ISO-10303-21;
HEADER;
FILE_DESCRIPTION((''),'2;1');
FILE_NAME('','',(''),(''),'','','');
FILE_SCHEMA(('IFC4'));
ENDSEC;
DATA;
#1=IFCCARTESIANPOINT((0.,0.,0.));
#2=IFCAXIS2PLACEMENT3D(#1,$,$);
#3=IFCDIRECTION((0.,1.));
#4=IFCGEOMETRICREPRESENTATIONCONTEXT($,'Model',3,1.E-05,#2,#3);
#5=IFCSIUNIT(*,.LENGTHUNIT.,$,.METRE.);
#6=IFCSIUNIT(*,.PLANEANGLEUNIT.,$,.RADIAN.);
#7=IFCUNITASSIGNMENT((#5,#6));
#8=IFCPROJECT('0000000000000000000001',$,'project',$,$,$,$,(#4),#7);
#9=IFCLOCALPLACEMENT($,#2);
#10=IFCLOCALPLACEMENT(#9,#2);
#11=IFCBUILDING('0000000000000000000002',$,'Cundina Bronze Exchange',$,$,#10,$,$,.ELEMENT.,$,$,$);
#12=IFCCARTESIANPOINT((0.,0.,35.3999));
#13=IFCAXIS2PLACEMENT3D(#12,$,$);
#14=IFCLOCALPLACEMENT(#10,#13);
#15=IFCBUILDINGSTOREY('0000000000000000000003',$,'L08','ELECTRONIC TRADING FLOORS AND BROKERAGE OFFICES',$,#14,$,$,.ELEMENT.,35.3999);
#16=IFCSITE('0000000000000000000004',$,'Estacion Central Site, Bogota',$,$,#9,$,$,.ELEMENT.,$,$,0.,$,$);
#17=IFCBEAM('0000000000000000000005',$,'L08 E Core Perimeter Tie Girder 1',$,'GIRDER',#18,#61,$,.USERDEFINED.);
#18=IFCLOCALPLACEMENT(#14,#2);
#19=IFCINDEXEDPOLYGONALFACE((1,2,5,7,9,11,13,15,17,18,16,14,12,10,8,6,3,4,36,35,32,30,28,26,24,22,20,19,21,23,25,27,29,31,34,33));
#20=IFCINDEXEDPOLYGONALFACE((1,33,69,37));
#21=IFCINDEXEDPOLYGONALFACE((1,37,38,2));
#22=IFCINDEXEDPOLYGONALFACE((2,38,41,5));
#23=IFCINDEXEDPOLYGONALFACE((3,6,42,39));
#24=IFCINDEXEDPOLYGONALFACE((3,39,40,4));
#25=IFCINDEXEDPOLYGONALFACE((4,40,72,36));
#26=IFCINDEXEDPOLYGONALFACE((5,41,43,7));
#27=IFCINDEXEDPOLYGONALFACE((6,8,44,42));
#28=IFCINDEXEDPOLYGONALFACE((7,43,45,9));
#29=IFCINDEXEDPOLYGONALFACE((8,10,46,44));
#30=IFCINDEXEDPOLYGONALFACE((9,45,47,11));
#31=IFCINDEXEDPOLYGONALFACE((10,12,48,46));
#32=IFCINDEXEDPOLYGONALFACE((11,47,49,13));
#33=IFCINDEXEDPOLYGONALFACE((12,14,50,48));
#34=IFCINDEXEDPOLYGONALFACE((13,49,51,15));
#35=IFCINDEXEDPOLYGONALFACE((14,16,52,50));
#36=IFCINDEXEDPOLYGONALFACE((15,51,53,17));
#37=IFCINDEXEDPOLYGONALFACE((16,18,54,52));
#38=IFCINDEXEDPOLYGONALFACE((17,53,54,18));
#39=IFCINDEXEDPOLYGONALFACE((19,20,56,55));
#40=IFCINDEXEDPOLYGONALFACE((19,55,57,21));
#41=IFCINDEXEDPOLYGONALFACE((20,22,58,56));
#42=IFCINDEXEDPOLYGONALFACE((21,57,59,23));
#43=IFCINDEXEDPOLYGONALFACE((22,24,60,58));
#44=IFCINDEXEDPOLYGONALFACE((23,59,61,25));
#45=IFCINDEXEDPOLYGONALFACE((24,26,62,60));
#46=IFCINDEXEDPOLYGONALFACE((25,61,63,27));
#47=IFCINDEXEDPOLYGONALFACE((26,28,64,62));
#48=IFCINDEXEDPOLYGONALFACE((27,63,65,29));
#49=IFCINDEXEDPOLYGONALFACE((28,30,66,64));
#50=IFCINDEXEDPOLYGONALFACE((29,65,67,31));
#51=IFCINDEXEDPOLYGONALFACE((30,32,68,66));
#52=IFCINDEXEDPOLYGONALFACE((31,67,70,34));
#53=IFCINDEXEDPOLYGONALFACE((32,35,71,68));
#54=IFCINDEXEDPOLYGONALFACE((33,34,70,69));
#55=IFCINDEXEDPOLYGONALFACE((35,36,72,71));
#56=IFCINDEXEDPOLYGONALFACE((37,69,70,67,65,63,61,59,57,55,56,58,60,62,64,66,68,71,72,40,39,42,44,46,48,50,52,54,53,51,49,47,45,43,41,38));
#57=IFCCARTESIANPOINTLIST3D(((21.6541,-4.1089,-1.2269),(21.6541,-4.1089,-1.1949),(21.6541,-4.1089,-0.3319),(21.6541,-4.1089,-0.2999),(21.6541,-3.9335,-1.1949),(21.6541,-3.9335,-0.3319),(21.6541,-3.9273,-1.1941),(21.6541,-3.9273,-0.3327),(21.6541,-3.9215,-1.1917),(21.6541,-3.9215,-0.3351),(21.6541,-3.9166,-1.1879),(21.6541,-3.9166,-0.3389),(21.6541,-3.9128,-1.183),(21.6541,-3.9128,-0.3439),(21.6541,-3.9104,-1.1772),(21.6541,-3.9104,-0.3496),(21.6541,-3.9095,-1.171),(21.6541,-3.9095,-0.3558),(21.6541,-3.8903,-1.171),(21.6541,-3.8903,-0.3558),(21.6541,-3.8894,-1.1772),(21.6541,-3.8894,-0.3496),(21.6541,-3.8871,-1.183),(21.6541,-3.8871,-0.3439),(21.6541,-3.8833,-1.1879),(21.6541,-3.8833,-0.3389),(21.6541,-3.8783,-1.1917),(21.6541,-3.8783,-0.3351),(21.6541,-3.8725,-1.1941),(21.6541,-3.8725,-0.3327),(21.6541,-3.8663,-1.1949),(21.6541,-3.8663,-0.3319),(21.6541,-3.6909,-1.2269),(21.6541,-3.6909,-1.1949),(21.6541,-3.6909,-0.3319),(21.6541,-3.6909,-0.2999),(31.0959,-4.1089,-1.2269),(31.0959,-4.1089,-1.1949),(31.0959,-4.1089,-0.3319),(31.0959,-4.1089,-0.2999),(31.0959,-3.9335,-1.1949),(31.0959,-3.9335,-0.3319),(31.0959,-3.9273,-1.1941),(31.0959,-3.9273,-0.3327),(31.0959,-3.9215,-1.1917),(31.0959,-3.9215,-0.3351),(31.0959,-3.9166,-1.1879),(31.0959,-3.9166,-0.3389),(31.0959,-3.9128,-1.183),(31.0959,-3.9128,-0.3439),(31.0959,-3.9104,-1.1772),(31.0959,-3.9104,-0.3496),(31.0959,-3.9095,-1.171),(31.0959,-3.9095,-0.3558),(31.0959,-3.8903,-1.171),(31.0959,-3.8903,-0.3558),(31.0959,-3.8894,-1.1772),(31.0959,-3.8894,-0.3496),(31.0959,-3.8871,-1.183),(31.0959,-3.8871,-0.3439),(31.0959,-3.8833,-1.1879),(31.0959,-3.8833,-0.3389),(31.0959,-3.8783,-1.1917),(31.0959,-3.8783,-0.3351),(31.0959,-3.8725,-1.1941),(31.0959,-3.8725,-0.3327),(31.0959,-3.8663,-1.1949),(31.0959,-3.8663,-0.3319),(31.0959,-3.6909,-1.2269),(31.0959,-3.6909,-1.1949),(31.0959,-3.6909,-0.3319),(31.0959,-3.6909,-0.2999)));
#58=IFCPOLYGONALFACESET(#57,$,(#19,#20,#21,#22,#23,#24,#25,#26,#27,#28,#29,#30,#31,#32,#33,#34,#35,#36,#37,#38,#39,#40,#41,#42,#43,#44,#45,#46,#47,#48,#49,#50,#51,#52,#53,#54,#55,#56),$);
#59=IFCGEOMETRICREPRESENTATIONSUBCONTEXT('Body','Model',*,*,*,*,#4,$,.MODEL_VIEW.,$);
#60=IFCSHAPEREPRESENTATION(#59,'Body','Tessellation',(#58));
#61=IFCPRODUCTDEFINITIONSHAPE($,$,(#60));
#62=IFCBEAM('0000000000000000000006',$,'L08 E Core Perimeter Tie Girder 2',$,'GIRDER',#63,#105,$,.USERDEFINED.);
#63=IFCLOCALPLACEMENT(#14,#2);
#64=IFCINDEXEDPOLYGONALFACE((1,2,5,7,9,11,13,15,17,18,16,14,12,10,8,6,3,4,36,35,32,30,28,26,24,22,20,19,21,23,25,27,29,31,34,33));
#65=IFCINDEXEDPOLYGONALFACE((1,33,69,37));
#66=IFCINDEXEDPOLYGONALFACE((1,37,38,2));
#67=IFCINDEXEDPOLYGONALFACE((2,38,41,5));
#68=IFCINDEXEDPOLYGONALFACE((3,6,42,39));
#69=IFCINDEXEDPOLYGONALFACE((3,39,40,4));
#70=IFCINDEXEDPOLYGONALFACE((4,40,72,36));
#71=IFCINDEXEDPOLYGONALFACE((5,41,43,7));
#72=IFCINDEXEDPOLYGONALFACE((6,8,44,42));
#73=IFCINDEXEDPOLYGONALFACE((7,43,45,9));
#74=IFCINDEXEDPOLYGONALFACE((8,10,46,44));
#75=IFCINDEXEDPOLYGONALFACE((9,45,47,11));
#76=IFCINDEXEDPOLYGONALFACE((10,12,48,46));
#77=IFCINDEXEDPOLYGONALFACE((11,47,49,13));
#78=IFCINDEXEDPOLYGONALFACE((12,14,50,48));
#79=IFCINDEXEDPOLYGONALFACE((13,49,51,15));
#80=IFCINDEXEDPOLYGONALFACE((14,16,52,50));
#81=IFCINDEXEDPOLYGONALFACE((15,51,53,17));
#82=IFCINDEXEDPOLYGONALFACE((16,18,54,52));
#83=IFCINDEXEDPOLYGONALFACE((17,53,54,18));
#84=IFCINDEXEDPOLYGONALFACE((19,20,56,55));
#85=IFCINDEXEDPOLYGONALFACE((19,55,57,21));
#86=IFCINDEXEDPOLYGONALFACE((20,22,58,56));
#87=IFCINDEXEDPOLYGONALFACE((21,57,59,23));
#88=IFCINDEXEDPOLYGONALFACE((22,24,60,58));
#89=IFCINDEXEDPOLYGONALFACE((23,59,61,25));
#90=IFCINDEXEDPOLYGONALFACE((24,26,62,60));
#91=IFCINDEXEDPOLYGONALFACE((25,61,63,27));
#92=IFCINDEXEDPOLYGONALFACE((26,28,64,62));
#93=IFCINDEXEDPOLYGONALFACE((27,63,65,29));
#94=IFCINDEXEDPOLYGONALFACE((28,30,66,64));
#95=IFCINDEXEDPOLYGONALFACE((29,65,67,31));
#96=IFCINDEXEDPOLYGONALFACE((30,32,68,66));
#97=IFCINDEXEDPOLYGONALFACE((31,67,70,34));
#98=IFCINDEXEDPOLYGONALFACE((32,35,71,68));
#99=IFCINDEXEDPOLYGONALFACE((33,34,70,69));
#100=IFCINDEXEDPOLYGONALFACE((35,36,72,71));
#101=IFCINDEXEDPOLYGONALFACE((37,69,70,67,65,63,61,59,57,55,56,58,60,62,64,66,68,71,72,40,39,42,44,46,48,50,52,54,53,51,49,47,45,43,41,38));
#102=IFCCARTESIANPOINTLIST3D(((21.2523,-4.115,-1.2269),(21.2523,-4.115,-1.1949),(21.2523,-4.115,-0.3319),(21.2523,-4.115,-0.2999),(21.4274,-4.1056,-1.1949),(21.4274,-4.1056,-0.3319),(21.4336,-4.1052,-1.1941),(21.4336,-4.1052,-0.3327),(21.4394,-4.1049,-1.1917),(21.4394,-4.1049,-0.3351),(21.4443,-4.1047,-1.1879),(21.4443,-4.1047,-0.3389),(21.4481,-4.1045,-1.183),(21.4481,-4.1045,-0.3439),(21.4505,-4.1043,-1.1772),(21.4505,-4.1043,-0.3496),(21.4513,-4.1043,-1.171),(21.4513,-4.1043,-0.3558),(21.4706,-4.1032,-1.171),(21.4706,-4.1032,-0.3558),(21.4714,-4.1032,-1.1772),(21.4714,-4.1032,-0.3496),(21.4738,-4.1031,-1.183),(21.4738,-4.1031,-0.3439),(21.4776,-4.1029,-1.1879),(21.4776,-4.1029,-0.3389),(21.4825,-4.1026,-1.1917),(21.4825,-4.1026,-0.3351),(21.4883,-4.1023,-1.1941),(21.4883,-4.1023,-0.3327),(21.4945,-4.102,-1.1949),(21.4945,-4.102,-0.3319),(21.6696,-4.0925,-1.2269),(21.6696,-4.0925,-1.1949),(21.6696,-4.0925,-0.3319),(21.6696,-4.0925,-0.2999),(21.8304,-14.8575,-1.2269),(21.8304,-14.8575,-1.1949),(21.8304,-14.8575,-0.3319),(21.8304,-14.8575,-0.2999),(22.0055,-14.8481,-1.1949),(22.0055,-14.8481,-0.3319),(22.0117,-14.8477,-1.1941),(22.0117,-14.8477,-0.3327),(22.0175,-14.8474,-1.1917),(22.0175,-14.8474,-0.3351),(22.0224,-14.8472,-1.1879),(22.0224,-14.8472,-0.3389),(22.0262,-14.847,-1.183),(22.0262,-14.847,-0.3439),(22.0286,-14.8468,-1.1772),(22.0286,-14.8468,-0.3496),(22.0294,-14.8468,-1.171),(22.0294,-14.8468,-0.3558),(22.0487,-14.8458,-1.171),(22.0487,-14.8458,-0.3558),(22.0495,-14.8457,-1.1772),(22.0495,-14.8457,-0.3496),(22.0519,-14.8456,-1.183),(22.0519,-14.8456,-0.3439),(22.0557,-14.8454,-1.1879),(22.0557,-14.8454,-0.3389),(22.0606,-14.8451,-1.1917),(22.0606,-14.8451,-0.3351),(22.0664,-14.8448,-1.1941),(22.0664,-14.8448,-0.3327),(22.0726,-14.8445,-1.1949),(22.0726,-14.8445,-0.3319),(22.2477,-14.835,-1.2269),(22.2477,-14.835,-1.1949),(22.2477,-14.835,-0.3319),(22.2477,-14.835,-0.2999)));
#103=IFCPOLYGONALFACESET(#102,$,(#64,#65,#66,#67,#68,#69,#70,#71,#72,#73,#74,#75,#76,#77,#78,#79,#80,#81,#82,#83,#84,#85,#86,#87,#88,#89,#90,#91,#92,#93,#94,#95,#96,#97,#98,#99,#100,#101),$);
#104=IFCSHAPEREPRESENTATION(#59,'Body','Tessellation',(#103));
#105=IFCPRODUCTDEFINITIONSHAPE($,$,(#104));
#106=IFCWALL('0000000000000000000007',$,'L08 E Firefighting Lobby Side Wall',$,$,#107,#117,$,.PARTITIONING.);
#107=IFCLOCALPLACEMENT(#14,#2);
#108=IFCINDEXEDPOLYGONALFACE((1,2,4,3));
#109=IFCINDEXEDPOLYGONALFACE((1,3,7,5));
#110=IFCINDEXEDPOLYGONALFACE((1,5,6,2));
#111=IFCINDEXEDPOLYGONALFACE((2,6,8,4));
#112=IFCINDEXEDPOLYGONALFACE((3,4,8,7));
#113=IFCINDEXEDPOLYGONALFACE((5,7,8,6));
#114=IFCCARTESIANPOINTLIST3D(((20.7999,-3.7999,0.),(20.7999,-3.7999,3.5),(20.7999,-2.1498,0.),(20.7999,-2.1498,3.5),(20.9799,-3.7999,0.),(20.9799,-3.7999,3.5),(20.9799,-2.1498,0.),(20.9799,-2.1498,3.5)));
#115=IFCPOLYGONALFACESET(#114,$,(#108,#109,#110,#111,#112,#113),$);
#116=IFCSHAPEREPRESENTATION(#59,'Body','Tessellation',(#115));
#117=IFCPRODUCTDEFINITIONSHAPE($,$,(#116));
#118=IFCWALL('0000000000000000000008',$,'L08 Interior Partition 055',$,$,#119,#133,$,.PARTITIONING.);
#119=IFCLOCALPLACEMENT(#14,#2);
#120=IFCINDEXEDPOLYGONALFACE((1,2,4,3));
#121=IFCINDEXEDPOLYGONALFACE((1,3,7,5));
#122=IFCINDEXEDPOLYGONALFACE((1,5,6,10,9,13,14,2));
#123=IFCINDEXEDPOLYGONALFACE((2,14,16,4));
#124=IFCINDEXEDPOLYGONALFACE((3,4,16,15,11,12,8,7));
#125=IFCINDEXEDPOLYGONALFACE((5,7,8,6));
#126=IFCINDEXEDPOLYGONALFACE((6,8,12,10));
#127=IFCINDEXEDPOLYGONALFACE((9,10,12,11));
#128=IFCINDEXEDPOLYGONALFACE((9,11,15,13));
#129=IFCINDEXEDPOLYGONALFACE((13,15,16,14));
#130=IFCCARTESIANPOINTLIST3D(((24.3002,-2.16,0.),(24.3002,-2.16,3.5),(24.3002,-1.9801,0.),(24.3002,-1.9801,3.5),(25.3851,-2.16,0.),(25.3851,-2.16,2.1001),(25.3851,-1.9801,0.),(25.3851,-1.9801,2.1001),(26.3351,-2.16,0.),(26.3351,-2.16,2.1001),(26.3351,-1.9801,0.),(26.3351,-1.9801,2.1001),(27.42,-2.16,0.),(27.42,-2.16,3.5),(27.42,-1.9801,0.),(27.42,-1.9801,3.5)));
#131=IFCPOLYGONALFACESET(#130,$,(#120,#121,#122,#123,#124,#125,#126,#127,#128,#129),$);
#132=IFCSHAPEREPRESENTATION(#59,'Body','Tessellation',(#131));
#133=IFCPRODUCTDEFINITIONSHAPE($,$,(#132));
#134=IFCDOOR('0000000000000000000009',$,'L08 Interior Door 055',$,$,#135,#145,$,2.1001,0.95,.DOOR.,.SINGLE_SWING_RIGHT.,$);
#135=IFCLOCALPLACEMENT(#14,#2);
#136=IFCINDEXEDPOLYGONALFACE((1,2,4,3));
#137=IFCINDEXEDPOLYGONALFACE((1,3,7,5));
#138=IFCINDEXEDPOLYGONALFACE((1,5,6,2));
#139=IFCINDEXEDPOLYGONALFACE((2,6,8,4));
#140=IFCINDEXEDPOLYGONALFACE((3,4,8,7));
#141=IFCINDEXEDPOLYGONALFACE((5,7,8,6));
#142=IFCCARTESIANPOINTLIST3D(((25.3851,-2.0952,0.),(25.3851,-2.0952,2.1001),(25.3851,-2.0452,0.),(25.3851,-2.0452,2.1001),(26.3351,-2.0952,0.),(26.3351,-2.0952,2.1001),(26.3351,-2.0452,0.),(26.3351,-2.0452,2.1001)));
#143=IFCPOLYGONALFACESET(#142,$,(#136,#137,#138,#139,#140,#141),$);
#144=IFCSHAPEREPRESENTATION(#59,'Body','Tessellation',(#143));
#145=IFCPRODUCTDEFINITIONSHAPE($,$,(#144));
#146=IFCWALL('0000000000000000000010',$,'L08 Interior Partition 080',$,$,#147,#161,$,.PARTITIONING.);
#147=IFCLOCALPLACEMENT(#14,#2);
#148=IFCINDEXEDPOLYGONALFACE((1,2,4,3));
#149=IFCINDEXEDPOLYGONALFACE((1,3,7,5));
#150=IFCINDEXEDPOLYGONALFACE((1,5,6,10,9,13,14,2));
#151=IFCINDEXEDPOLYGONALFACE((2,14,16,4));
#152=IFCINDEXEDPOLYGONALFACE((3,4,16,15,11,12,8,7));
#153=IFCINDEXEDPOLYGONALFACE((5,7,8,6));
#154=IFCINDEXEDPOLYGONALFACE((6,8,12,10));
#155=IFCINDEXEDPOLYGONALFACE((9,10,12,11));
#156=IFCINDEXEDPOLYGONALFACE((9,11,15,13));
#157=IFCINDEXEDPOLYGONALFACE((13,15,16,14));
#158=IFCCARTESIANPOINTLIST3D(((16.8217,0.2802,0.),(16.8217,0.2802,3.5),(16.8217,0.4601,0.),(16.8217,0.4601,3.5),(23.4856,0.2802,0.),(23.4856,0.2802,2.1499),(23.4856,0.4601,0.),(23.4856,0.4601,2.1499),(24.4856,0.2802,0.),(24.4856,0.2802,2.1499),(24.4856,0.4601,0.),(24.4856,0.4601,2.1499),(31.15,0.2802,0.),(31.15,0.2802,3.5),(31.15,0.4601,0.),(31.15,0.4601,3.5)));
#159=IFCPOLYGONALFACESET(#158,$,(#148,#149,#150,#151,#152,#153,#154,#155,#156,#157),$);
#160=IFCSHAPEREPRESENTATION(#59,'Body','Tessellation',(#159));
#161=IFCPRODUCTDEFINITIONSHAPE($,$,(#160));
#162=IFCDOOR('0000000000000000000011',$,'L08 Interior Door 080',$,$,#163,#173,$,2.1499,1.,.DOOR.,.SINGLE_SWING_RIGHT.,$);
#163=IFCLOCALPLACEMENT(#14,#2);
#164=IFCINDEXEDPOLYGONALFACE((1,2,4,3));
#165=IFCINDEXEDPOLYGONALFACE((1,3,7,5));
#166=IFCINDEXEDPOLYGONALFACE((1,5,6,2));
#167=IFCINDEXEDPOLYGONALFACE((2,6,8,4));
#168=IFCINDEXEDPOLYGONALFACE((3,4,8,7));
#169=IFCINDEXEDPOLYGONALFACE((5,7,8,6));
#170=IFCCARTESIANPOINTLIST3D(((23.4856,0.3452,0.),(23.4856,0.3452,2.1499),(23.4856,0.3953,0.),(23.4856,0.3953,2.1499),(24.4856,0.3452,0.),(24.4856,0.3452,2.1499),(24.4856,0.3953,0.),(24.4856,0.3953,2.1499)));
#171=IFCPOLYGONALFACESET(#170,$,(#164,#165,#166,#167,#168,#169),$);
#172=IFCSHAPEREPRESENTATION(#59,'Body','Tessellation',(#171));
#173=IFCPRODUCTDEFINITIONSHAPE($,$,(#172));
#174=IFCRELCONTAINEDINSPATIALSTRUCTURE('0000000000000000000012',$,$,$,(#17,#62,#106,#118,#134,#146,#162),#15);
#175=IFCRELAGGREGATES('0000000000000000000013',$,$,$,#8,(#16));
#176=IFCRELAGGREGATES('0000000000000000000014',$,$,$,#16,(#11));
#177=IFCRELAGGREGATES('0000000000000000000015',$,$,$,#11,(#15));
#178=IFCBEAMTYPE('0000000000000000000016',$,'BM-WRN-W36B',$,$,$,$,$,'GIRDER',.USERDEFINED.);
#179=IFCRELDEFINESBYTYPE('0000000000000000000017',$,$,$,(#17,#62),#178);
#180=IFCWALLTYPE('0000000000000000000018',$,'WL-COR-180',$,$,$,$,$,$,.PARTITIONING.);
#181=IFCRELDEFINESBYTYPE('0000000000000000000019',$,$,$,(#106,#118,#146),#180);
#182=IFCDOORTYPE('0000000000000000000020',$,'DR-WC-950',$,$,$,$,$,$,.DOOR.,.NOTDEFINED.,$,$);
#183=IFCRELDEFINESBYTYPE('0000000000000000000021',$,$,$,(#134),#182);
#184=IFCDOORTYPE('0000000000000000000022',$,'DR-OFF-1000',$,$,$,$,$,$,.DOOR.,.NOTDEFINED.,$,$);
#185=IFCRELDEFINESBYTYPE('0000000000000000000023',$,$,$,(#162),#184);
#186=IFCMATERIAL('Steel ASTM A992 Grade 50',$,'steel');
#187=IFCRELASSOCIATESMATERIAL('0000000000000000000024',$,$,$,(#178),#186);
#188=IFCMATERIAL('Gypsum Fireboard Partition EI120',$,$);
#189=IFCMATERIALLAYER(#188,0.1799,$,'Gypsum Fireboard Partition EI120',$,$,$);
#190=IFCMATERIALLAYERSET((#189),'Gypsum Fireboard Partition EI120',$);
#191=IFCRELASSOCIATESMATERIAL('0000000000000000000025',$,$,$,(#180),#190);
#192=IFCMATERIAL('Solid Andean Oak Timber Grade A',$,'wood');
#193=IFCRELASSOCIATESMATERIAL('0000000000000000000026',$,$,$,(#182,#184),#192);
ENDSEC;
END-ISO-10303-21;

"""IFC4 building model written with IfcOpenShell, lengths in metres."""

from ifc_helpers import new_model, si_unit, direction, frame, frame_2d, origin, origin_2d, place, context, subcontext, project, spatial, rectangle, i_section, extrude, material, layer, layer_set, material_profile, profile_set, type_object, element, fill, save


model = new_model("IFC4")

# Units and contexts
model_context = context("Model", 3, precision=1e-05, world=origin(), true_north=direction((0.0, 1.0)))
body_context = subcontext(model_context, "Body", "Model", "MODEL_VIEW")
ifc_project = project(units=[si_unit("LENGTHUNIT", "METRE"), si_unit("PLANEANGLEUNIT", "RADIAN")], contexts=[model_context])

# Site, building, storey
site_placement = place(None, origin())
site = spatial("IfcSite", under=ifc_project, at=site_placement, Name="Estacion Central Site, Bogota", CompositionType="ELEMENT", RefElevation=0.0)
building_placement = place(site_placement, origin())
building = spatial("IfcBuilding", under=site, at=building_placement, Name="Cundina Bronze Exchange", CompositionType="ELEMENT")
storey_placement = place(building_placement, frame((0.0, 0.0, 35.3999)))
storey = spatial("IfcBuildingStorey", under=building, at=storey_placement, Name="L08", Description="ELECTRONIC TRADING FLOORS AND BROKERAGE OFFICES", CompositionType="ELEMENT", Elevation=35.3999)

# Shared definitions
ifc_material_1 = material(Name="Steel ASTM A992 Grade 50", Category="steel")

# Beams
ifc_material_profile_1 = material_profile(ifc_material_1, i_section(OverallWidth=0.418, OverallDepth=0.927, WebThickness=0.0193, FlangeThickness=0.032, FilletRadius=0.0239, at=origin_2d()), Name="W36X231", Category="steel")
ifc_profile_set_1 = profile_set([ifc_material_profile_1], Name="Steel ASTM A992 Grade 50")
beam_type_1 = type_object("IfcBeamType", Name="BM-WRN-W36B", ElementType="GIRDER", PredefinedType="USERDEFINED", material=ifc_profile_set_1)
beam_1_placement = place(storey_placement, frame((31.0959, -3.8999, -0.7634), z_axis=(-1.0, 0.0, 0.0), x_axis=(0.0, -1.0, 0.0)))
element("IfcBeam", 1, at=beam_1_placement, inside=storey, type_object=beam_type_1, Name="L08 E Core Perimeter Tie Girder 1", ObjectType="GIRDER", PredefinedType="USERDEFINED", context=body_context, shape_type="SweptSolid", body=[
    extrude(i_section(OverallWidth=0.418, OverallDepth=0.927, WebThickness=0.0193, FlangeThickness=0.032, FilletRadius=0.0239, at=origin_2d()), origin(), (0.0, 0.0, 1.0), 9.4419),
])
beam_2_placement = place(storey_placement, frame((21.4609, -4.1038, -0.7634), z_axis=(0.053739, -0.998555, 0.0), x_axis=(0.998555, 0.053739, 0.0)))
element("IfcBeam", 2, at=beam_2_placement, inside=storey, type_object=beam_type_1, Name="L08 E Core Perimeter Tie Girder 2", ObjectType="GIRDER", PredefinedType="USERDEFINED", context=body_context, shape_type="SweptSolid", body=[
    extrude(i_section(OverallWidth=0.418, OverallDepth=0.927, WebThickness=0.0193, FlangeThickness=0.032, FilletRadius=0.0239, at=origin_2d()), origin(), (0.0, 0.0, 1.0), 10.7581),
])

# Wall
ifc_material_2 = material(Name="Gypsum Fireboard Partition EI120")
ifc_layer_1 = layer(ifc_material_2, 0.1799, Name="Gypsum Fireboard Partition EI120")
ifc_layer_set_1 = layer_set([ifc_layer_1], Name="Gypsum Fireboard Partition EI120")
wall_type_1 = type_object("IfcWallType", Name="WL-COR-180", PredefinedType="PARTITIONING", material=ifc_layer_set_1)
wall_1_placement = place(storey_placement, frame((20.8899, -3.8, 0.0), z_axis=(0.0, 0.0, 1.0), x_axis=(0.0, 1.0, 0.0)))
element("IfcWall", 3, at=wall_1_placement, inside=storey, type_object=wall_type_1, Name="L08 E Firefighting Lobby Side Wall", PredefinedType="PARTITIONING", context=body_context, shape_type="SweptSolid", body=[
    extrude(rectangle(XDim=1.6501, YDim=0.1799, at=frame_2d((0.8252, 0.0))), origin(), (0.0, 0.0, 1.0), 3.5),
])

# Walls, openings, doors
wall_2_placement = place(storey_placement, frame((24.3, -2.0701, 0.0), z_axis=(0.0, 0.0, 1.0), x_axis=(1.0, 0.0, 0.0)))
wall_2 = element("IfcWall", 4, at=wall_2_placement, inside=storey, type_object=wall_type_1, Name="L08 Interior Partition 055", PredefinedType="PARTITIONING", context=body_context, shape_type="SweptSolid", body=[
    extrude(rectangle(XDim=3.1199, YDim=0.1799, at=frame_2d((1.5601, 0.0))), origin(), (0.0, 0.0, 1.0), 3.5),
])
opening_1_placement = place(wall_2_placement, frame((1.085, 0.0, 0.0)))
opening_1 = element("IfcOpeningElement", 5, at=opening_1_placement, cuts=wall_2, PredefinedType="OPENING", context=body_context, shape_type="SweptSolid", body=[
    extrude(rectangle(XDim=0.95, YDim=2.1001, at=frame_2d((0.4751, 1.05))), frame((0.0, 0.0999, 0.0), z_axis=(0.0, -1.0, 0.0), x_axis=(1.0, 0.0, 0.0)), (0.0, 0.0, 1.0), 0.2),
])
ifc_material_3 = material(Name="Solid Andean Oak Timber Grade A", Category="wood")
door_type_1 = type_object("IfcDoorType", Name="DR-WC-950", OperationType="NOTDEFINED", PredefinedType="DOOR", material=ifc_material_3)
door_1_placement = place(opening_1_placement, origin())
door_1 = element("IfcDoor", 6, at=door_1_placement, inside=storey, type_object=door_type_1, Name="L08 Interior Door 055", OperationType="SINGLE_SWING_RIGHT", OverallHeight=2.1001, OverallWidth=0.95, PredefinedType="DOOR", context=body_context, shape_type="SweptSolid", body=[
    extrude(rectangle(XDim=0.95, YDim=2.1001, at=frame_2d((0.4751, 1.05))), frame((0.0, 0.0249, 0.0), z_axis=(0.0, -1.0, 0.0), x_axis=(1.0, 0.0, 0.0)), (0.0, 0.0, 1.0), 0.05),
])
fill(opening_1, door_1)
wall_3_placement = place(storey_placement, frame((31.1499, 0.3701, 0.0), z_axis=(0.0, 0.0, 1.0), x_axis=(-1.0, 0.0, 0.0)))
wall_3 = element("IfcWall", 7, at=wall_3_placement, inside=storey, type_object=wall_type_1, Name="L08 Interior Partition 080", PredefinedType="PARTITIONING", context=body_context, shape_type="SweptSolid", body=[
    extrude(rectangle(XDim=14.3284, YDim=0.1799, at=frame_2d((7.1641, 0.0))), origin(), (0.0, 0.0, 1.0), 3.5),
])
opening_2_placement = place(wall_3_placement, frame((6.6643, 0.0, 0.0)))
opening_2 = element("IfcOpeningElement", 8, at=opening_2_placement, cuts=wall_3, PredefinedType="OPENING", context=body_context, shape_type="SweptSolid", body=[
    extrude(rectangle(XDim=1.0, YDim=2.1499, at=frame_2d((0.5, 1.075))), frame((0.0, 0.0999, 0.0), z_axis=(0.0, -1.0, 0.0), x_axis=(1.0, 0.0, 0.0)), (0.0, 0.0, 1.0), 0.2),
])
door_type_2 = type_object("IfcDoorType", Name="DR-OFF-1000", OperationType="NOTDEFINED", PredefinedType="DOOR", material=ifc_material_3)
door_2_placement = place(opening_2_placement, origin())
door_2 = element("IfcDoor", 9, at=door_2_placement, inside=storey, type_object=door_type_2, Name="L08 Interior Door 080", OperationType="SINGLE_SWING_RIGHT", OverallHeight=2.1499, OverallWidth=1.0, PredefinedType="DOOR", context=body_context, shape_type="SweptSolid", body=[
    extrude(rectangle(XDim=1.0, YDim=2.1499, at=frame_2d((0.5, 1.075))), frame((0.0, 0.0249, 0.0), z_axis=(0.0, -1.0, 0.0), x_axis=(1.0, 0.0, 0.0)), (0.0, 0.0, 1.0), 0.05),
])
fill(opening_2, door_2)

save(model, "model.ifc")
